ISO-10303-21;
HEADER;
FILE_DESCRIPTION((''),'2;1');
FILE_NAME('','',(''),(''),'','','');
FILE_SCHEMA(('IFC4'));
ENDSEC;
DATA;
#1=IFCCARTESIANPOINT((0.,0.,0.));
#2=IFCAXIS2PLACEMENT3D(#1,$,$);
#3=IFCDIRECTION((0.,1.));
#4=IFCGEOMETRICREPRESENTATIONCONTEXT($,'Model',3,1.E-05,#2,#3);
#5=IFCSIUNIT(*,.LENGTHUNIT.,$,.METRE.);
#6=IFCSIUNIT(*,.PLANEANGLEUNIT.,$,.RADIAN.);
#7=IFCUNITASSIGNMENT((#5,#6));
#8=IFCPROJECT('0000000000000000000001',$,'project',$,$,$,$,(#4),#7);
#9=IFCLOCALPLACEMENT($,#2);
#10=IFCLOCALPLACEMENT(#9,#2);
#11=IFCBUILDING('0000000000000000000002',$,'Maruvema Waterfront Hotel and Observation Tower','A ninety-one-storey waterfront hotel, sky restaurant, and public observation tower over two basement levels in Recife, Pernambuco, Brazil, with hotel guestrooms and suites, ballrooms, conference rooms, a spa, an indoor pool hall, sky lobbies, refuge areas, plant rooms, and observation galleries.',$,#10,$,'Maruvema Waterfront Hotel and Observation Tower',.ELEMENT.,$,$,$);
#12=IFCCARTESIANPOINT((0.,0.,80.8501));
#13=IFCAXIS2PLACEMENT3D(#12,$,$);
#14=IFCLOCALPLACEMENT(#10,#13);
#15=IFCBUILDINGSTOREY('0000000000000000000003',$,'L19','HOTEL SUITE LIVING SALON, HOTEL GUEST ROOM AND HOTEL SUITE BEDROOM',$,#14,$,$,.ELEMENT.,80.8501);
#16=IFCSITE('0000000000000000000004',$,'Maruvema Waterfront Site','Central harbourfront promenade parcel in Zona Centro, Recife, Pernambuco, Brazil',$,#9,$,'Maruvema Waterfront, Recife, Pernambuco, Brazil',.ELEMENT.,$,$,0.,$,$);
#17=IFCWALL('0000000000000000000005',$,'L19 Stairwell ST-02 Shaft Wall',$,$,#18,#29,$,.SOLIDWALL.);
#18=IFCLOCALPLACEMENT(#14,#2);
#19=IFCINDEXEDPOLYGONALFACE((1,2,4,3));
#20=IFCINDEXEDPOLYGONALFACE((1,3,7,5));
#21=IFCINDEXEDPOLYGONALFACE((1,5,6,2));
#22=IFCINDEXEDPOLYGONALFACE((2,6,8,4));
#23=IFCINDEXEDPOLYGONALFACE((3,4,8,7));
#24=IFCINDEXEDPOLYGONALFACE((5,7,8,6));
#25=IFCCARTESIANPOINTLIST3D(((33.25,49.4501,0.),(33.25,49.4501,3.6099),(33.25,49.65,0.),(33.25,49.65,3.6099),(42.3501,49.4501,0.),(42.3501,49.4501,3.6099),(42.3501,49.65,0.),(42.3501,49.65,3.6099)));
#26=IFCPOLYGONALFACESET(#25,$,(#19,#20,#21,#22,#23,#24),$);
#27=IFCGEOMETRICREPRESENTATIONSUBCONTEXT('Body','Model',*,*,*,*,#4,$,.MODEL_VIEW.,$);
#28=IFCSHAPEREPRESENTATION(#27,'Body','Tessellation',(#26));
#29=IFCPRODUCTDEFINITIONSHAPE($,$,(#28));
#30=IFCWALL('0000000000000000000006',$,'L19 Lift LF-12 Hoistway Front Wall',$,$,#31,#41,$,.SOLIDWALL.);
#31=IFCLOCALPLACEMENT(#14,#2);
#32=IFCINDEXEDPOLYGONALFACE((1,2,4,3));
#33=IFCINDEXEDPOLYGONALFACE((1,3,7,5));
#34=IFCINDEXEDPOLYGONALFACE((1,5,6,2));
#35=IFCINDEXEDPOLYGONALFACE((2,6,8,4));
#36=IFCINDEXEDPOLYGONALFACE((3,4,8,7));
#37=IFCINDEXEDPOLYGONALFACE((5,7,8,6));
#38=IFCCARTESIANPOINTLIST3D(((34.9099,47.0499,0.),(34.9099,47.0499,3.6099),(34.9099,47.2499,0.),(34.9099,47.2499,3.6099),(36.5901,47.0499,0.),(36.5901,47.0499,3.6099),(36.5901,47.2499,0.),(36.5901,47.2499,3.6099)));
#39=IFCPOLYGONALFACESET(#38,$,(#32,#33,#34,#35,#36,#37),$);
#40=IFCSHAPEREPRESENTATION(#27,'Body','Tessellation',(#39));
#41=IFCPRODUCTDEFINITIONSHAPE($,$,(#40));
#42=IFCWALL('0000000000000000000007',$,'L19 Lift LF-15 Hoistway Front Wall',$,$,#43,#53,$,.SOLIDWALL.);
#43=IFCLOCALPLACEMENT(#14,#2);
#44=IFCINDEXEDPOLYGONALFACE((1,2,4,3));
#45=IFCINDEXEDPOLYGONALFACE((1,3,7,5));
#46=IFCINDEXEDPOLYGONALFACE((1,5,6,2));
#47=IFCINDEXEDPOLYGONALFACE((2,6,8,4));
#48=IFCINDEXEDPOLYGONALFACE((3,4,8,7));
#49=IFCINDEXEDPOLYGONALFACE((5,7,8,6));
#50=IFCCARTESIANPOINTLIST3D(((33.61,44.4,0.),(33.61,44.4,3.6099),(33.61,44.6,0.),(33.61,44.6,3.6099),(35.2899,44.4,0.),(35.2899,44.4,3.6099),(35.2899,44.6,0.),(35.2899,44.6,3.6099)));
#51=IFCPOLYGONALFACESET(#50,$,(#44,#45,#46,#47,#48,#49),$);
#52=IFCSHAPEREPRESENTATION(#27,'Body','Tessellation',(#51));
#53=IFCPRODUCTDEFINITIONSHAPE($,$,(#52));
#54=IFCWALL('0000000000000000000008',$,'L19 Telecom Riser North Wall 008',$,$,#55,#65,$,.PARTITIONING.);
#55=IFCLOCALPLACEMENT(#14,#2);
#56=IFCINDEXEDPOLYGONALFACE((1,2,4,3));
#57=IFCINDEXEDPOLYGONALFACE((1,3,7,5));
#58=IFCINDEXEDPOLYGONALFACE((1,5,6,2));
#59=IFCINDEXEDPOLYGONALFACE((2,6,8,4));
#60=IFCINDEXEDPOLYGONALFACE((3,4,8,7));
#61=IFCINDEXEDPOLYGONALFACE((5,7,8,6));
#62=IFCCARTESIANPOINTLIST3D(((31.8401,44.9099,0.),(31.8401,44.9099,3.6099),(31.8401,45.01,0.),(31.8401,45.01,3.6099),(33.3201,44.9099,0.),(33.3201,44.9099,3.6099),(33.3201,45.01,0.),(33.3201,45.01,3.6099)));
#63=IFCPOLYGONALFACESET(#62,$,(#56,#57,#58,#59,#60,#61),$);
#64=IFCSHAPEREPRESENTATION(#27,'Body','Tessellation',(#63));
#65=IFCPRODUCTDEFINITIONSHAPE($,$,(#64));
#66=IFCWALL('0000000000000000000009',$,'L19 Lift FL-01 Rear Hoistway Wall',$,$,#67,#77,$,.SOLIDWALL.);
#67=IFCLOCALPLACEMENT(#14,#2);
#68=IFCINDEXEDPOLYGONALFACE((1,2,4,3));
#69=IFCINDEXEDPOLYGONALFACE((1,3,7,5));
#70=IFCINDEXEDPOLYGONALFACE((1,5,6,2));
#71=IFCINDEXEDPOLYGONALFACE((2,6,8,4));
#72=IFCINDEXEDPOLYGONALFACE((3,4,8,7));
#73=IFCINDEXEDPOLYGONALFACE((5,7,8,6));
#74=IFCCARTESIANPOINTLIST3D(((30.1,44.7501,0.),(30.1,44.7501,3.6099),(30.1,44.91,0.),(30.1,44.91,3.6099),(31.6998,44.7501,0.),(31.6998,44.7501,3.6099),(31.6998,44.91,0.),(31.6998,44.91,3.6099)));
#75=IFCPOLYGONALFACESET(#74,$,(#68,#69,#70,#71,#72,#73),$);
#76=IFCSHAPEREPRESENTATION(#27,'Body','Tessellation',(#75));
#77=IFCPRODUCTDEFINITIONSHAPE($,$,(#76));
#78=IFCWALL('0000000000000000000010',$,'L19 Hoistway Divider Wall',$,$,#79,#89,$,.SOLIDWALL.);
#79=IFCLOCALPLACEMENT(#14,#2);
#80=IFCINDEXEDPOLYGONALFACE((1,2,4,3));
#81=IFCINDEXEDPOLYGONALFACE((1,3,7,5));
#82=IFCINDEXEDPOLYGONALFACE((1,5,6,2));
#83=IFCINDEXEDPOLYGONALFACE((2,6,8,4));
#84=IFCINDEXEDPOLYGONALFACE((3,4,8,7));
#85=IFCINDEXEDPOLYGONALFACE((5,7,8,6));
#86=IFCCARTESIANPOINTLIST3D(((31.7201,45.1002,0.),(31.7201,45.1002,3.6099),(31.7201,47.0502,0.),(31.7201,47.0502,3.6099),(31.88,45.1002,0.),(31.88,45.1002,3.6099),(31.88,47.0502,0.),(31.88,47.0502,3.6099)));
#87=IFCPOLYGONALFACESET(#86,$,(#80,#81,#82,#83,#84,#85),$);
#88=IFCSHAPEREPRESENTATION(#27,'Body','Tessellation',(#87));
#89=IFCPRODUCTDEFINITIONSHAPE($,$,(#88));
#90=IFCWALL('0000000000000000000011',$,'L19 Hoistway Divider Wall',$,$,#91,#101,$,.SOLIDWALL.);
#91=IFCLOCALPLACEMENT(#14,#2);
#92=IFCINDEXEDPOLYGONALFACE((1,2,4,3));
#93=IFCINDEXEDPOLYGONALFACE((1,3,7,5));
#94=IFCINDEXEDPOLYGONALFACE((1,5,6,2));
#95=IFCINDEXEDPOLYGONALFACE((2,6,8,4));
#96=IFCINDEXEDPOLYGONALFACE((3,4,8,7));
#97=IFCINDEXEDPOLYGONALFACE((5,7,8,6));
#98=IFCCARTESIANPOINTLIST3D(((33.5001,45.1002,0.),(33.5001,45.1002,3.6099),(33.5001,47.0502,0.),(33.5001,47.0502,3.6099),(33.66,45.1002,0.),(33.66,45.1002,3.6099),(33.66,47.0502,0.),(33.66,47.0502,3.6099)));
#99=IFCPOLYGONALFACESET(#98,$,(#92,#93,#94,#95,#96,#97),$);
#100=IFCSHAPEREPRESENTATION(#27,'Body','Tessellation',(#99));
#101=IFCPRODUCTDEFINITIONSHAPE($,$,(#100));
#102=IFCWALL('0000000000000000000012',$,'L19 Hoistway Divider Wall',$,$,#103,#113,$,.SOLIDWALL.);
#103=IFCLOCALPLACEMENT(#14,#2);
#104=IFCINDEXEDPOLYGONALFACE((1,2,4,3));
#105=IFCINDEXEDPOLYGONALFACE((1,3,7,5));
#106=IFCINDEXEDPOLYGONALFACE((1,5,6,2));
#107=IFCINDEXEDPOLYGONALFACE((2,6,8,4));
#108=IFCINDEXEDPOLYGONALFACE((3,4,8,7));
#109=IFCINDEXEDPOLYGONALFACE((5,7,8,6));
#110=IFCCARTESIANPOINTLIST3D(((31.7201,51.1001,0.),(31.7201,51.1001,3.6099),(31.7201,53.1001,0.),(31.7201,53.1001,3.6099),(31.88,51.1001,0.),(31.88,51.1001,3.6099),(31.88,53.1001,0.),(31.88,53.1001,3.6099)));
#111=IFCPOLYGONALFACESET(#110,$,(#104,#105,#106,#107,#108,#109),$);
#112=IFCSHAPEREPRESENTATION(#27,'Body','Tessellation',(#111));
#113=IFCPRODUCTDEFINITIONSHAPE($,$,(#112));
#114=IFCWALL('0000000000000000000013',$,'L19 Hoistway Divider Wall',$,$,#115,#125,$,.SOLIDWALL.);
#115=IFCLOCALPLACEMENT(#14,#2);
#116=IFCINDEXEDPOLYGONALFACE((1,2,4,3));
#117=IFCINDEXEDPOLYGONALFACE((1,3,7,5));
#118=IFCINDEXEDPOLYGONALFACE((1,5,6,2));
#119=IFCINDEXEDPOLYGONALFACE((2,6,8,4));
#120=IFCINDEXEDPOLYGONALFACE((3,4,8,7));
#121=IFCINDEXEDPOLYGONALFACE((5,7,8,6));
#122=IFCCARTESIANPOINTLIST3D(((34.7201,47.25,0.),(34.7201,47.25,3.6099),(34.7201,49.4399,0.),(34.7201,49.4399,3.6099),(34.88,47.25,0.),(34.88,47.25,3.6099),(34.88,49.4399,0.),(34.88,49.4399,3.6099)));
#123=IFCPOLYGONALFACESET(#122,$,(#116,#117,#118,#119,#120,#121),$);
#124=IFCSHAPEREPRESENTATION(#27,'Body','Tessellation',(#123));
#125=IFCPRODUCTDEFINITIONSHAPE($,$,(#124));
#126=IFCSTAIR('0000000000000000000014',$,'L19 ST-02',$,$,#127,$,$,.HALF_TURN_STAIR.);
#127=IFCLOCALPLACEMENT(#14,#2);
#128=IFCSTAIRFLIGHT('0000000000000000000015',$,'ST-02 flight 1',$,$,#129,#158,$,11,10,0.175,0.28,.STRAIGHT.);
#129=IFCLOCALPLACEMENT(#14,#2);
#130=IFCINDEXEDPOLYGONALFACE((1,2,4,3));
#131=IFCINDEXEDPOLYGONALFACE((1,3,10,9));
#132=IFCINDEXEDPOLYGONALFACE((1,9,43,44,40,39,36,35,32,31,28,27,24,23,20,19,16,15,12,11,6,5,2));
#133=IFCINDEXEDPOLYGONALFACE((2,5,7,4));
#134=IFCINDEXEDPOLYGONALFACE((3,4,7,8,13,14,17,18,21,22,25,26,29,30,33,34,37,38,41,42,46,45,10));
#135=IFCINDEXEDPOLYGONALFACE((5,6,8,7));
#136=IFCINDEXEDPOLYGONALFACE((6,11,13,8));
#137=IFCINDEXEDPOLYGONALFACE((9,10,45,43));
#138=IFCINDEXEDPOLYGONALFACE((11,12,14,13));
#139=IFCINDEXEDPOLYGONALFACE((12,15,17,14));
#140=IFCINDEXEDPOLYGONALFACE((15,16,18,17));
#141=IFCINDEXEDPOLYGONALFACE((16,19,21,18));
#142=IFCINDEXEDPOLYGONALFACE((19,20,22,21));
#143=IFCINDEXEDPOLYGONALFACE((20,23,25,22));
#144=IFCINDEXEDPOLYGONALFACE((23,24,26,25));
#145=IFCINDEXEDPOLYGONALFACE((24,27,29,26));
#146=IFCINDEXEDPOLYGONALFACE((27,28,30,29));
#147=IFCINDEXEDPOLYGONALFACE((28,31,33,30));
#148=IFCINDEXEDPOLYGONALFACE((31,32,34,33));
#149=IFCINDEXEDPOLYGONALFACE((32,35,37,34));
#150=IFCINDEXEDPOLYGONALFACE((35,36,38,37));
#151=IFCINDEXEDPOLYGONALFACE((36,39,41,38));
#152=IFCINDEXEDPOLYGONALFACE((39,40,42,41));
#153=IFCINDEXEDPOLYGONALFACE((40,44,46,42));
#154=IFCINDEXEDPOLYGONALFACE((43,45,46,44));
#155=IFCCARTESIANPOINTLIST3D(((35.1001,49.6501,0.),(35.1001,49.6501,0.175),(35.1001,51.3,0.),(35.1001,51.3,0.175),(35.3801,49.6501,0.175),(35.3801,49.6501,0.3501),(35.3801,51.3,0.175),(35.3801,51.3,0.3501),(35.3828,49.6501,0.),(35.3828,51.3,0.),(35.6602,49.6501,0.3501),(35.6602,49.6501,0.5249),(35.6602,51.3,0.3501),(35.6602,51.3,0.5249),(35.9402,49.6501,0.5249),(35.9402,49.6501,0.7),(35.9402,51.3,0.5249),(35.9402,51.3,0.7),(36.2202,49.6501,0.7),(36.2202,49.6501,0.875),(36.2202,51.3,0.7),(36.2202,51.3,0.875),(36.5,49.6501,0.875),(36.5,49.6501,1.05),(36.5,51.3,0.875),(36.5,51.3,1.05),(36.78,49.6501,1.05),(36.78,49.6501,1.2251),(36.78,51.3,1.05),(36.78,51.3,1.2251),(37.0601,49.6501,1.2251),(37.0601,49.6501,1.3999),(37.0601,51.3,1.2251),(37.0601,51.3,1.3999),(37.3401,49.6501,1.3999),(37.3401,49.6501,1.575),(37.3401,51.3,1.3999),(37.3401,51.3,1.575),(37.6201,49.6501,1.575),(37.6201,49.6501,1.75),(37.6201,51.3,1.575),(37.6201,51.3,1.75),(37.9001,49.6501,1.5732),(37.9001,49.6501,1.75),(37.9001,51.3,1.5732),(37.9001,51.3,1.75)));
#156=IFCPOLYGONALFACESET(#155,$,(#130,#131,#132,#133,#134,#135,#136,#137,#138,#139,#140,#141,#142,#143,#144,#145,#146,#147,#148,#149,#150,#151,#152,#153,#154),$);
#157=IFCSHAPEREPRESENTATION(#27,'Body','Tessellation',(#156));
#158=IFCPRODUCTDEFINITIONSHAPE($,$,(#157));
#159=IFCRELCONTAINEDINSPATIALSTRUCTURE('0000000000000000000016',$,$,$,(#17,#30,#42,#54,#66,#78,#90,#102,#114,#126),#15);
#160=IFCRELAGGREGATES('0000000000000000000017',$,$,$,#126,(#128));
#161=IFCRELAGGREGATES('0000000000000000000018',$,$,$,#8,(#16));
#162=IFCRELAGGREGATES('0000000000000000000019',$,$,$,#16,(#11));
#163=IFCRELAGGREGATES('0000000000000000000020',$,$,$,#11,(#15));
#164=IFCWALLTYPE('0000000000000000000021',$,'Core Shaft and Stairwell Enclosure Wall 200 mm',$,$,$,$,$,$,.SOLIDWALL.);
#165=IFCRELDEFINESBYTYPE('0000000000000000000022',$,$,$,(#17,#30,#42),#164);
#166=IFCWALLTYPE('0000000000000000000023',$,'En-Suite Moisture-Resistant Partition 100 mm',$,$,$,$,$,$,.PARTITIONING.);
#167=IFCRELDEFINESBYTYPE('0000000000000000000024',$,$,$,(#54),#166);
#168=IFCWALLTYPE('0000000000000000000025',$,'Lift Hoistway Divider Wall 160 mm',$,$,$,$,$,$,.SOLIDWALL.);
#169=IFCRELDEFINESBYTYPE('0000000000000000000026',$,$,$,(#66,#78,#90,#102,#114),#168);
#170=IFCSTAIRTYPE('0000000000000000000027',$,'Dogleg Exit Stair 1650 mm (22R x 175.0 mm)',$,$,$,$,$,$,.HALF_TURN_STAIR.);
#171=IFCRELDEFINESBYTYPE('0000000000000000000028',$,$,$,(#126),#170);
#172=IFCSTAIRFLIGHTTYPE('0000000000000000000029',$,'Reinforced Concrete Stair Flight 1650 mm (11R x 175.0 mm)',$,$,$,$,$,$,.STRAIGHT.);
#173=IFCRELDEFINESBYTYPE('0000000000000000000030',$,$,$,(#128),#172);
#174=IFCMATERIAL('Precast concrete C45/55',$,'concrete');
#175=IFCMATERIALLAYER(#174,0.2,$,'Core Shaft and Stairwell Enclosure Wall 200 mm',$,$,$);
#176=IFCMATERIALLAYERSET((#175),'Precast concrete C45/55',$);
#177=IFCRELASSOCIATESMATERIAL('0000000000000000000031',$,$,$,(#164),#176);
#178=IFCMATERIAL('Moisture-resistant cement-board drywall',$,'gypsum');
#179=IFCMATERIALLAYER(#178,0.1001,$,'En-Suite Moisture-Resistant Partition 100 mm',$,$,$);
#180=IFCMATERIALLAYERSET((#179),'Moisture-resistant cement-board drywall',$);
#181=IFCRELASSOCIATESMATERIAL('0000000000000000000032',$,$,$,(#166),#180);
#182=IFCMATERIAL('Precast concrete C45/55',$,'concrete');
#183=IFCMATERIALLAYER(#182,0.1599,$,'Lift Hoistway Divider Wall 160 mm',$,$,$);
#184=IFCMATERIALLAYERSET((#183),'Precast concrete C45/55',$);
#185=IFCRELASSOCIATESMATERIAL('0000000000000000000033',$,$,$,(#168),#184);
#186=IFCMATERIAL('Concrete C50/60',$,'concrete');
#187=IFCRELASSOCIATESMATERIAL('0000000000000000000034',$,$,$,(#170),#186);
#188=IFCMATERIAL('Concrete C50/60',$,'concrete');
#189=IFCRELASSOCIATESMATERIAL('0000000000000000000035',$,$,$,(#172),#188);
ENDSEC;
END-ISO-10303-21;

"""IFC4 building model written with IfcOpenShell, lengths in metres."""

from ifc_helpers import new_model, si_unit, direction, frame, frame_2d, origin, place, context, subcontext, project, spatial, polyline, rectangle, outline, extrude, material, layer, layer_set, type_object, element, aggregate, save


model = new_model("IFC4")

# Units and contexts
model_context = context("Model", 3, precision=1e-05, world=origin(), true_north=direction((0.0, 1.0)))
body_context = subcontext(model_context, "Body", "Model", "MODEL_VIEW")
ifc_project = project(units=[si_unit("LENGTHUNIT", "METRE"), si_unit("PLANEANGLEUNIT", "RADIAN")], contexts=[model_context])

# Site, building, storey
site_placement = place(None, origin())
site = spatial("IfcSite", under=ifc_project, at=site_placement, Name="Maruvema Waterfront Site", Description="Central harbourfront promenade parcel in Zona Centro, Recife, Pernambuco, Brazil", LongName="Maruvema Waterfront, Recife, Pernambuco, Brazil", CompositionType="ELEMENT", RefElevation=0.0)
building_placement = place(site_placement, origin())
building = spatial("IfcBuilding", under=site, at=building_placement, Name="Maruvema Waterfront Hotel and Observation Tower", Description="A ninety-one-storey waterfront hotel, sky restaurant, and public observation tower over two basement levels in Recife, Pernambuco, Brazil, with hotel guestrooms and suites, ballrooms, conference rooms, a spa, an indoor pool hall, sky lobbies, refuge areas, plant rooms, and observation galleries.", LongName="Maruvema Waterfront Hotel and Observation Tower", CompositionType="ELEMENT")
storey_placement = place(building_placement, frame((0.0, 0.0, 80.8501)))
storey = spatial("IfcBuildingStorey", under=building, at=storey_placement, Name="L19", Description="HOTEL SUITE LIVING SALON, HOTEL GUEST ROOM AND HOTEL SUITE BEDROOM", CompositionType="ELEMENT", Elevation=80.8501)

# Wall
ifc_material_1 = material(Name="Precast concrete C45/55", Category="concrete")
ifc_layer_1 = layer(ifc_material_1, 0.2, Name="Core Shaft and Stairwell Enclosure Wall 200 mm")
ifc_layer_set_1 = layer_set([ifc_layer_1], Name="Precast concrete C45/55")
wall_type_1 = type_object("IfcWallType", Name="Core Shaft and Stairwell Enclosure Wall 200 mm", PredefinedType="SOLIDWALL", material=ifc_layer_set_1)
wall_1_placement = place(storey_placement, frame((33.25, 49.55, 0.0), z_axis=(0.0, 0.0, 1.0), x_axis=(1.0, 0.0, 0.0)))
element("IfcWall", 1, at=wall_1_placement, inside=storey, type_object=wall_type_1, Name="L19 Stairwell ST-02 Shaft Wall", PredefinedType="SOLIDWALL", context=body_context, shape_type="SweptSolid", body=[
    extrude(rectangle(XDim=9.1001, YDim=0.2, at=frame_2d((4.55, 0.0))), origin(), (0.0, 0.0, 1.0), 3.6099),
])

# Walls
wall_2_placement = place(storey_placement, frame((34.9099, 47.1499, 0.0), z_axis=(0.0, 0.0, 1.0), x_axis=(1.0, 0.0, 0.0)))
element("IfcWall", 2, at=wall_2_placement, inside=storey, type_object=wall_type_1, Name="L19 Lift LF-12 Hoistway Front Wall", PredefinedType="SOLIDWALL", context=body_context, shape_type="SweptSolid", body=[
    extrude(rectangle(XDim=1.6802, YDim=0.2, at=frame_2d((0.8401, 0.0))), origin(), (0.0, 0.0, 1.0), 3.6099),
])
wall_3_placement = place(storey_placement, frame((33.6101, 44.5, 0.0), z_axis=(0.0, 0.0, 1.0), x_axis=(1.0, 0.0, 0.0)))
element("IfcWall", 3, at=wall_3_placement, inside=storey, type_object=wall_type_1, Name="L19 Lift LF-15 Hoistway Front Wall", PredefinedType="SOLIDWALL", context=body_context, shape_type="SweptSolid", body=[
    extrude(rectangle(XDim=1.6799, YDim=0.2, at=frame_2d((0.8398, 0.0))), origin(), (0.0, 0.0, 1.0), 3.6099),
])
ifc_material_2 = material(Name="Moisture-resistant cement-board drywall", Category="gypsum")
ifc_layer_2 = layer(ifc_material_2, 0.1001, Name="En-Suite Moisture-Resistant Partition 100 mm")
ifc_layer_set_2 = layer_set([ifc_layer_2], Name="Moisture-resistant cement-board drywall")
wall_type_2 = type_object("IfcWallType", Name="En-Suite Moisture-Resistant Partition 100 mm", PredefinedType="PARTITIONING", material=ifc_layer_set_2)
wall_4_placement = place(storey_placement, frame((31.8401, 44.96, 0.0), z_axis=(0.0, 0.0, 1.0), x_axis=(1.0, 0.0, 0.0)))
element("IfcWall", 4, at=wall_4_placement, inside=storey, type_object=wall_type_2, Name="L19 Telecom Riser North Wall 008", PredefinedType="PARTITIONING", context=body_context, shape_type="SweptSolid", body=[
    extrude(rectangle(XDim=1.48, YDim=0.1001, at=frame_2d((0.74, 0.0))), origin(), (0.0, 0.0, 1.0), 3.6099),
])
ifc_material_3 = material(Name="Precast concrete C45/55", Category="concrete")
ifc_layer_3 = layer(ifc_material_3, 0.1599, Name="Lift Hoistway Divider Wall 160 mm")
ifc_layer_set_3 = layer_set([ifc_layer_3], Name="Precast concrete C45/55")
wall_type_3 = type_object("IfcWallType", Name="Lift Hoistway Divider Wall 160 mm", PredefinedType="SOLIDWALL", material=ifc_layer_set_3)
wall_5_placement = place(storey_placement, frame((30.1001, 44.8301, 0.0), z_axis=(0.0, 0.0, 1.0), x_axis=(1.0, 0.0, 0.0)))
element("IfcWall", 5, at=wall_5_placement, inside=storey, type_object=wall_type_3, Name="L19 Lift FL-01 Rear Hoistway Wall", PredefinedType="SOLIDWALL", context=body_context, shape_type="SweptSolid", body=[
    extrude(rectangle(XDim=1.5999, YDim=0.1599, at=frame_2d((0.7998, 0.0))), origin(), (0.0, 0.0, 1.0), 3.6099),
])
for number, where, z_axis, x_axis, name in (
    (6, (31.8, 45.1001, 0.0), (0.0, 0.0, 1.0), (0.0, 1.0, 0.0), "L19 Hoistway Divider Wall"),
    (7, (33.5801, 45.1001, 0.0), (0.0, 0.0, 1.0), (0.0, 1.0, 0.0), "L19 Hoistway Divider Wall"),
):
    element("IfcWall", number, at=place(storey_placement, frame(where, z_axis=z_axis, x_axis=x_axis)), inside=storey, type_object=wall_type_3, Name=name, PredefinedType="SOLIDWALL", context=body_context, shape_type="SweptSolid", body=[
        extrude(rectangle(XDim=1.95, YDim=0.1599, at=frame_2d((0.9751, 0.0))), origin(), (0.0, 0.0, 1.0), 3.6099),
    ])
wall_6_placement = place(storey_placement, frame((31.8, 51.1001, 0.0), z_axis=(0.0, 0.0, 1.0), x_axis=(0.0, 1.0, 0.0)))
element("IfcWall", 8, at=wall_6_placement, inside=storey, type_object=wall_type_3, Name="L19 Hoistway Divider Wall", PredefinedType="SOLIDWALL", context=body_context, shape_type="SweptSolid", body=[
    extrude(rectangle(XDim=2.0, YDim=0.1599, at=frame_2d((1.0, 0.0))), origin(), (0.0, 0.0, 1.0), 3.6099),
])
wall_7_placement = place(storey_placement, frame((34.8, 47.25, 0.0), z_axis=(0.0, 0.0, 1.0), x_axis=(0.0, 1.0, 0.0)))
element("IfcWall", 9, at=wall_7_placement, inside=storey, type_object=wall_type_3, Name="L19 Hoistway Divider Wall", PredefinedType="SOLIDWALL", context=body_context, shape_type="SweptSolid", body=[
    extrude(rectangle(XDim=2.1899, YDim=0.1599, at=frame_2d((1.095, 0.0))), origin(), (0.0, 0.0, 1.0), 3.6099),
])

# Stair, stair flight
ifc_material_4 = material(Name="Concrete C50/60", Category="concrete")
stair_type = type_object("IfcStairType", Name="Dogleg Exit Stair 1650 mm (22R x 175.0 mm)", PredefinedType="HALF_TURN_STAIR", material=ifc_material_4)
stair_placement = place(storey_placement, origin())
stair = element("IfcStair", 10, at=stair_placement, inside=storey, type_object=stair_type, Name="L19 ST-02", PredefinedType="HALF_TURN_STAIR")
ifc_material_5 = material(Name="Concrete C50/60", Category="concrete")
stair_flight_type = type_object("IfcStairFlightType", Name="Reinforced Concrete Stair Flight 1650 mm (11R x 175.0 mm)", PredefinedType="STRAIGHT", material=ifc_material_5)
stair_flight_placement = place(storey_placement, frame((35.1001, 50.4751, 0.0), z_axis=(0.0, 0.0, 1.0), x_axis=(1.0, 0.0, 0.0)))
stair_flight = element("IfcStairFlight", 11, at=stair_flight_placement, type_object=stair_flight_type, Name="ST-02 flight 1", NumberOfRisers=11, NumberOfTreads=10, PredefinedType="STRAIGHT", RiserHeight=0.175, TreadLength=0.28, context=body_context, shape_type="SweptSolid", body=[
    extrude(outline(polyline([(0.0, 0.0), (0.0, 0.175), (0.28, 0.175), (0.28, 0.3501), (0.5601, 0.3501), (0.5601, 0.5249), (0.8401, 0.5249), (0.8401, 0.7), (1.1201, 0.7), (1.1201, 0.875), (1.3999, 0.875), (1.3999, 1.05), (1.6799, 1.05), (1.6799, 1.2251), (1.96, 1.2251), (1.96, 1.3999), (2.24, 1.3999), (2.24, 1.575), (2.52, 1.575), (2.52, 1.75), (2.8, 1.75), (2.8, 1.925), (2.8, 1.5732), (0.2827, 0.0), (0.0, 0.0)])), frame((0.0, 0.825, 0.0), z_axis=(0.0, -1.0, 0.0), x_axis=(1.0, 0.0, 0.0)), (0.0, 0.0, 1.0), 1.6499),
])
aggregate(stair, [stair_flight])

save(model, "model.ifc")
